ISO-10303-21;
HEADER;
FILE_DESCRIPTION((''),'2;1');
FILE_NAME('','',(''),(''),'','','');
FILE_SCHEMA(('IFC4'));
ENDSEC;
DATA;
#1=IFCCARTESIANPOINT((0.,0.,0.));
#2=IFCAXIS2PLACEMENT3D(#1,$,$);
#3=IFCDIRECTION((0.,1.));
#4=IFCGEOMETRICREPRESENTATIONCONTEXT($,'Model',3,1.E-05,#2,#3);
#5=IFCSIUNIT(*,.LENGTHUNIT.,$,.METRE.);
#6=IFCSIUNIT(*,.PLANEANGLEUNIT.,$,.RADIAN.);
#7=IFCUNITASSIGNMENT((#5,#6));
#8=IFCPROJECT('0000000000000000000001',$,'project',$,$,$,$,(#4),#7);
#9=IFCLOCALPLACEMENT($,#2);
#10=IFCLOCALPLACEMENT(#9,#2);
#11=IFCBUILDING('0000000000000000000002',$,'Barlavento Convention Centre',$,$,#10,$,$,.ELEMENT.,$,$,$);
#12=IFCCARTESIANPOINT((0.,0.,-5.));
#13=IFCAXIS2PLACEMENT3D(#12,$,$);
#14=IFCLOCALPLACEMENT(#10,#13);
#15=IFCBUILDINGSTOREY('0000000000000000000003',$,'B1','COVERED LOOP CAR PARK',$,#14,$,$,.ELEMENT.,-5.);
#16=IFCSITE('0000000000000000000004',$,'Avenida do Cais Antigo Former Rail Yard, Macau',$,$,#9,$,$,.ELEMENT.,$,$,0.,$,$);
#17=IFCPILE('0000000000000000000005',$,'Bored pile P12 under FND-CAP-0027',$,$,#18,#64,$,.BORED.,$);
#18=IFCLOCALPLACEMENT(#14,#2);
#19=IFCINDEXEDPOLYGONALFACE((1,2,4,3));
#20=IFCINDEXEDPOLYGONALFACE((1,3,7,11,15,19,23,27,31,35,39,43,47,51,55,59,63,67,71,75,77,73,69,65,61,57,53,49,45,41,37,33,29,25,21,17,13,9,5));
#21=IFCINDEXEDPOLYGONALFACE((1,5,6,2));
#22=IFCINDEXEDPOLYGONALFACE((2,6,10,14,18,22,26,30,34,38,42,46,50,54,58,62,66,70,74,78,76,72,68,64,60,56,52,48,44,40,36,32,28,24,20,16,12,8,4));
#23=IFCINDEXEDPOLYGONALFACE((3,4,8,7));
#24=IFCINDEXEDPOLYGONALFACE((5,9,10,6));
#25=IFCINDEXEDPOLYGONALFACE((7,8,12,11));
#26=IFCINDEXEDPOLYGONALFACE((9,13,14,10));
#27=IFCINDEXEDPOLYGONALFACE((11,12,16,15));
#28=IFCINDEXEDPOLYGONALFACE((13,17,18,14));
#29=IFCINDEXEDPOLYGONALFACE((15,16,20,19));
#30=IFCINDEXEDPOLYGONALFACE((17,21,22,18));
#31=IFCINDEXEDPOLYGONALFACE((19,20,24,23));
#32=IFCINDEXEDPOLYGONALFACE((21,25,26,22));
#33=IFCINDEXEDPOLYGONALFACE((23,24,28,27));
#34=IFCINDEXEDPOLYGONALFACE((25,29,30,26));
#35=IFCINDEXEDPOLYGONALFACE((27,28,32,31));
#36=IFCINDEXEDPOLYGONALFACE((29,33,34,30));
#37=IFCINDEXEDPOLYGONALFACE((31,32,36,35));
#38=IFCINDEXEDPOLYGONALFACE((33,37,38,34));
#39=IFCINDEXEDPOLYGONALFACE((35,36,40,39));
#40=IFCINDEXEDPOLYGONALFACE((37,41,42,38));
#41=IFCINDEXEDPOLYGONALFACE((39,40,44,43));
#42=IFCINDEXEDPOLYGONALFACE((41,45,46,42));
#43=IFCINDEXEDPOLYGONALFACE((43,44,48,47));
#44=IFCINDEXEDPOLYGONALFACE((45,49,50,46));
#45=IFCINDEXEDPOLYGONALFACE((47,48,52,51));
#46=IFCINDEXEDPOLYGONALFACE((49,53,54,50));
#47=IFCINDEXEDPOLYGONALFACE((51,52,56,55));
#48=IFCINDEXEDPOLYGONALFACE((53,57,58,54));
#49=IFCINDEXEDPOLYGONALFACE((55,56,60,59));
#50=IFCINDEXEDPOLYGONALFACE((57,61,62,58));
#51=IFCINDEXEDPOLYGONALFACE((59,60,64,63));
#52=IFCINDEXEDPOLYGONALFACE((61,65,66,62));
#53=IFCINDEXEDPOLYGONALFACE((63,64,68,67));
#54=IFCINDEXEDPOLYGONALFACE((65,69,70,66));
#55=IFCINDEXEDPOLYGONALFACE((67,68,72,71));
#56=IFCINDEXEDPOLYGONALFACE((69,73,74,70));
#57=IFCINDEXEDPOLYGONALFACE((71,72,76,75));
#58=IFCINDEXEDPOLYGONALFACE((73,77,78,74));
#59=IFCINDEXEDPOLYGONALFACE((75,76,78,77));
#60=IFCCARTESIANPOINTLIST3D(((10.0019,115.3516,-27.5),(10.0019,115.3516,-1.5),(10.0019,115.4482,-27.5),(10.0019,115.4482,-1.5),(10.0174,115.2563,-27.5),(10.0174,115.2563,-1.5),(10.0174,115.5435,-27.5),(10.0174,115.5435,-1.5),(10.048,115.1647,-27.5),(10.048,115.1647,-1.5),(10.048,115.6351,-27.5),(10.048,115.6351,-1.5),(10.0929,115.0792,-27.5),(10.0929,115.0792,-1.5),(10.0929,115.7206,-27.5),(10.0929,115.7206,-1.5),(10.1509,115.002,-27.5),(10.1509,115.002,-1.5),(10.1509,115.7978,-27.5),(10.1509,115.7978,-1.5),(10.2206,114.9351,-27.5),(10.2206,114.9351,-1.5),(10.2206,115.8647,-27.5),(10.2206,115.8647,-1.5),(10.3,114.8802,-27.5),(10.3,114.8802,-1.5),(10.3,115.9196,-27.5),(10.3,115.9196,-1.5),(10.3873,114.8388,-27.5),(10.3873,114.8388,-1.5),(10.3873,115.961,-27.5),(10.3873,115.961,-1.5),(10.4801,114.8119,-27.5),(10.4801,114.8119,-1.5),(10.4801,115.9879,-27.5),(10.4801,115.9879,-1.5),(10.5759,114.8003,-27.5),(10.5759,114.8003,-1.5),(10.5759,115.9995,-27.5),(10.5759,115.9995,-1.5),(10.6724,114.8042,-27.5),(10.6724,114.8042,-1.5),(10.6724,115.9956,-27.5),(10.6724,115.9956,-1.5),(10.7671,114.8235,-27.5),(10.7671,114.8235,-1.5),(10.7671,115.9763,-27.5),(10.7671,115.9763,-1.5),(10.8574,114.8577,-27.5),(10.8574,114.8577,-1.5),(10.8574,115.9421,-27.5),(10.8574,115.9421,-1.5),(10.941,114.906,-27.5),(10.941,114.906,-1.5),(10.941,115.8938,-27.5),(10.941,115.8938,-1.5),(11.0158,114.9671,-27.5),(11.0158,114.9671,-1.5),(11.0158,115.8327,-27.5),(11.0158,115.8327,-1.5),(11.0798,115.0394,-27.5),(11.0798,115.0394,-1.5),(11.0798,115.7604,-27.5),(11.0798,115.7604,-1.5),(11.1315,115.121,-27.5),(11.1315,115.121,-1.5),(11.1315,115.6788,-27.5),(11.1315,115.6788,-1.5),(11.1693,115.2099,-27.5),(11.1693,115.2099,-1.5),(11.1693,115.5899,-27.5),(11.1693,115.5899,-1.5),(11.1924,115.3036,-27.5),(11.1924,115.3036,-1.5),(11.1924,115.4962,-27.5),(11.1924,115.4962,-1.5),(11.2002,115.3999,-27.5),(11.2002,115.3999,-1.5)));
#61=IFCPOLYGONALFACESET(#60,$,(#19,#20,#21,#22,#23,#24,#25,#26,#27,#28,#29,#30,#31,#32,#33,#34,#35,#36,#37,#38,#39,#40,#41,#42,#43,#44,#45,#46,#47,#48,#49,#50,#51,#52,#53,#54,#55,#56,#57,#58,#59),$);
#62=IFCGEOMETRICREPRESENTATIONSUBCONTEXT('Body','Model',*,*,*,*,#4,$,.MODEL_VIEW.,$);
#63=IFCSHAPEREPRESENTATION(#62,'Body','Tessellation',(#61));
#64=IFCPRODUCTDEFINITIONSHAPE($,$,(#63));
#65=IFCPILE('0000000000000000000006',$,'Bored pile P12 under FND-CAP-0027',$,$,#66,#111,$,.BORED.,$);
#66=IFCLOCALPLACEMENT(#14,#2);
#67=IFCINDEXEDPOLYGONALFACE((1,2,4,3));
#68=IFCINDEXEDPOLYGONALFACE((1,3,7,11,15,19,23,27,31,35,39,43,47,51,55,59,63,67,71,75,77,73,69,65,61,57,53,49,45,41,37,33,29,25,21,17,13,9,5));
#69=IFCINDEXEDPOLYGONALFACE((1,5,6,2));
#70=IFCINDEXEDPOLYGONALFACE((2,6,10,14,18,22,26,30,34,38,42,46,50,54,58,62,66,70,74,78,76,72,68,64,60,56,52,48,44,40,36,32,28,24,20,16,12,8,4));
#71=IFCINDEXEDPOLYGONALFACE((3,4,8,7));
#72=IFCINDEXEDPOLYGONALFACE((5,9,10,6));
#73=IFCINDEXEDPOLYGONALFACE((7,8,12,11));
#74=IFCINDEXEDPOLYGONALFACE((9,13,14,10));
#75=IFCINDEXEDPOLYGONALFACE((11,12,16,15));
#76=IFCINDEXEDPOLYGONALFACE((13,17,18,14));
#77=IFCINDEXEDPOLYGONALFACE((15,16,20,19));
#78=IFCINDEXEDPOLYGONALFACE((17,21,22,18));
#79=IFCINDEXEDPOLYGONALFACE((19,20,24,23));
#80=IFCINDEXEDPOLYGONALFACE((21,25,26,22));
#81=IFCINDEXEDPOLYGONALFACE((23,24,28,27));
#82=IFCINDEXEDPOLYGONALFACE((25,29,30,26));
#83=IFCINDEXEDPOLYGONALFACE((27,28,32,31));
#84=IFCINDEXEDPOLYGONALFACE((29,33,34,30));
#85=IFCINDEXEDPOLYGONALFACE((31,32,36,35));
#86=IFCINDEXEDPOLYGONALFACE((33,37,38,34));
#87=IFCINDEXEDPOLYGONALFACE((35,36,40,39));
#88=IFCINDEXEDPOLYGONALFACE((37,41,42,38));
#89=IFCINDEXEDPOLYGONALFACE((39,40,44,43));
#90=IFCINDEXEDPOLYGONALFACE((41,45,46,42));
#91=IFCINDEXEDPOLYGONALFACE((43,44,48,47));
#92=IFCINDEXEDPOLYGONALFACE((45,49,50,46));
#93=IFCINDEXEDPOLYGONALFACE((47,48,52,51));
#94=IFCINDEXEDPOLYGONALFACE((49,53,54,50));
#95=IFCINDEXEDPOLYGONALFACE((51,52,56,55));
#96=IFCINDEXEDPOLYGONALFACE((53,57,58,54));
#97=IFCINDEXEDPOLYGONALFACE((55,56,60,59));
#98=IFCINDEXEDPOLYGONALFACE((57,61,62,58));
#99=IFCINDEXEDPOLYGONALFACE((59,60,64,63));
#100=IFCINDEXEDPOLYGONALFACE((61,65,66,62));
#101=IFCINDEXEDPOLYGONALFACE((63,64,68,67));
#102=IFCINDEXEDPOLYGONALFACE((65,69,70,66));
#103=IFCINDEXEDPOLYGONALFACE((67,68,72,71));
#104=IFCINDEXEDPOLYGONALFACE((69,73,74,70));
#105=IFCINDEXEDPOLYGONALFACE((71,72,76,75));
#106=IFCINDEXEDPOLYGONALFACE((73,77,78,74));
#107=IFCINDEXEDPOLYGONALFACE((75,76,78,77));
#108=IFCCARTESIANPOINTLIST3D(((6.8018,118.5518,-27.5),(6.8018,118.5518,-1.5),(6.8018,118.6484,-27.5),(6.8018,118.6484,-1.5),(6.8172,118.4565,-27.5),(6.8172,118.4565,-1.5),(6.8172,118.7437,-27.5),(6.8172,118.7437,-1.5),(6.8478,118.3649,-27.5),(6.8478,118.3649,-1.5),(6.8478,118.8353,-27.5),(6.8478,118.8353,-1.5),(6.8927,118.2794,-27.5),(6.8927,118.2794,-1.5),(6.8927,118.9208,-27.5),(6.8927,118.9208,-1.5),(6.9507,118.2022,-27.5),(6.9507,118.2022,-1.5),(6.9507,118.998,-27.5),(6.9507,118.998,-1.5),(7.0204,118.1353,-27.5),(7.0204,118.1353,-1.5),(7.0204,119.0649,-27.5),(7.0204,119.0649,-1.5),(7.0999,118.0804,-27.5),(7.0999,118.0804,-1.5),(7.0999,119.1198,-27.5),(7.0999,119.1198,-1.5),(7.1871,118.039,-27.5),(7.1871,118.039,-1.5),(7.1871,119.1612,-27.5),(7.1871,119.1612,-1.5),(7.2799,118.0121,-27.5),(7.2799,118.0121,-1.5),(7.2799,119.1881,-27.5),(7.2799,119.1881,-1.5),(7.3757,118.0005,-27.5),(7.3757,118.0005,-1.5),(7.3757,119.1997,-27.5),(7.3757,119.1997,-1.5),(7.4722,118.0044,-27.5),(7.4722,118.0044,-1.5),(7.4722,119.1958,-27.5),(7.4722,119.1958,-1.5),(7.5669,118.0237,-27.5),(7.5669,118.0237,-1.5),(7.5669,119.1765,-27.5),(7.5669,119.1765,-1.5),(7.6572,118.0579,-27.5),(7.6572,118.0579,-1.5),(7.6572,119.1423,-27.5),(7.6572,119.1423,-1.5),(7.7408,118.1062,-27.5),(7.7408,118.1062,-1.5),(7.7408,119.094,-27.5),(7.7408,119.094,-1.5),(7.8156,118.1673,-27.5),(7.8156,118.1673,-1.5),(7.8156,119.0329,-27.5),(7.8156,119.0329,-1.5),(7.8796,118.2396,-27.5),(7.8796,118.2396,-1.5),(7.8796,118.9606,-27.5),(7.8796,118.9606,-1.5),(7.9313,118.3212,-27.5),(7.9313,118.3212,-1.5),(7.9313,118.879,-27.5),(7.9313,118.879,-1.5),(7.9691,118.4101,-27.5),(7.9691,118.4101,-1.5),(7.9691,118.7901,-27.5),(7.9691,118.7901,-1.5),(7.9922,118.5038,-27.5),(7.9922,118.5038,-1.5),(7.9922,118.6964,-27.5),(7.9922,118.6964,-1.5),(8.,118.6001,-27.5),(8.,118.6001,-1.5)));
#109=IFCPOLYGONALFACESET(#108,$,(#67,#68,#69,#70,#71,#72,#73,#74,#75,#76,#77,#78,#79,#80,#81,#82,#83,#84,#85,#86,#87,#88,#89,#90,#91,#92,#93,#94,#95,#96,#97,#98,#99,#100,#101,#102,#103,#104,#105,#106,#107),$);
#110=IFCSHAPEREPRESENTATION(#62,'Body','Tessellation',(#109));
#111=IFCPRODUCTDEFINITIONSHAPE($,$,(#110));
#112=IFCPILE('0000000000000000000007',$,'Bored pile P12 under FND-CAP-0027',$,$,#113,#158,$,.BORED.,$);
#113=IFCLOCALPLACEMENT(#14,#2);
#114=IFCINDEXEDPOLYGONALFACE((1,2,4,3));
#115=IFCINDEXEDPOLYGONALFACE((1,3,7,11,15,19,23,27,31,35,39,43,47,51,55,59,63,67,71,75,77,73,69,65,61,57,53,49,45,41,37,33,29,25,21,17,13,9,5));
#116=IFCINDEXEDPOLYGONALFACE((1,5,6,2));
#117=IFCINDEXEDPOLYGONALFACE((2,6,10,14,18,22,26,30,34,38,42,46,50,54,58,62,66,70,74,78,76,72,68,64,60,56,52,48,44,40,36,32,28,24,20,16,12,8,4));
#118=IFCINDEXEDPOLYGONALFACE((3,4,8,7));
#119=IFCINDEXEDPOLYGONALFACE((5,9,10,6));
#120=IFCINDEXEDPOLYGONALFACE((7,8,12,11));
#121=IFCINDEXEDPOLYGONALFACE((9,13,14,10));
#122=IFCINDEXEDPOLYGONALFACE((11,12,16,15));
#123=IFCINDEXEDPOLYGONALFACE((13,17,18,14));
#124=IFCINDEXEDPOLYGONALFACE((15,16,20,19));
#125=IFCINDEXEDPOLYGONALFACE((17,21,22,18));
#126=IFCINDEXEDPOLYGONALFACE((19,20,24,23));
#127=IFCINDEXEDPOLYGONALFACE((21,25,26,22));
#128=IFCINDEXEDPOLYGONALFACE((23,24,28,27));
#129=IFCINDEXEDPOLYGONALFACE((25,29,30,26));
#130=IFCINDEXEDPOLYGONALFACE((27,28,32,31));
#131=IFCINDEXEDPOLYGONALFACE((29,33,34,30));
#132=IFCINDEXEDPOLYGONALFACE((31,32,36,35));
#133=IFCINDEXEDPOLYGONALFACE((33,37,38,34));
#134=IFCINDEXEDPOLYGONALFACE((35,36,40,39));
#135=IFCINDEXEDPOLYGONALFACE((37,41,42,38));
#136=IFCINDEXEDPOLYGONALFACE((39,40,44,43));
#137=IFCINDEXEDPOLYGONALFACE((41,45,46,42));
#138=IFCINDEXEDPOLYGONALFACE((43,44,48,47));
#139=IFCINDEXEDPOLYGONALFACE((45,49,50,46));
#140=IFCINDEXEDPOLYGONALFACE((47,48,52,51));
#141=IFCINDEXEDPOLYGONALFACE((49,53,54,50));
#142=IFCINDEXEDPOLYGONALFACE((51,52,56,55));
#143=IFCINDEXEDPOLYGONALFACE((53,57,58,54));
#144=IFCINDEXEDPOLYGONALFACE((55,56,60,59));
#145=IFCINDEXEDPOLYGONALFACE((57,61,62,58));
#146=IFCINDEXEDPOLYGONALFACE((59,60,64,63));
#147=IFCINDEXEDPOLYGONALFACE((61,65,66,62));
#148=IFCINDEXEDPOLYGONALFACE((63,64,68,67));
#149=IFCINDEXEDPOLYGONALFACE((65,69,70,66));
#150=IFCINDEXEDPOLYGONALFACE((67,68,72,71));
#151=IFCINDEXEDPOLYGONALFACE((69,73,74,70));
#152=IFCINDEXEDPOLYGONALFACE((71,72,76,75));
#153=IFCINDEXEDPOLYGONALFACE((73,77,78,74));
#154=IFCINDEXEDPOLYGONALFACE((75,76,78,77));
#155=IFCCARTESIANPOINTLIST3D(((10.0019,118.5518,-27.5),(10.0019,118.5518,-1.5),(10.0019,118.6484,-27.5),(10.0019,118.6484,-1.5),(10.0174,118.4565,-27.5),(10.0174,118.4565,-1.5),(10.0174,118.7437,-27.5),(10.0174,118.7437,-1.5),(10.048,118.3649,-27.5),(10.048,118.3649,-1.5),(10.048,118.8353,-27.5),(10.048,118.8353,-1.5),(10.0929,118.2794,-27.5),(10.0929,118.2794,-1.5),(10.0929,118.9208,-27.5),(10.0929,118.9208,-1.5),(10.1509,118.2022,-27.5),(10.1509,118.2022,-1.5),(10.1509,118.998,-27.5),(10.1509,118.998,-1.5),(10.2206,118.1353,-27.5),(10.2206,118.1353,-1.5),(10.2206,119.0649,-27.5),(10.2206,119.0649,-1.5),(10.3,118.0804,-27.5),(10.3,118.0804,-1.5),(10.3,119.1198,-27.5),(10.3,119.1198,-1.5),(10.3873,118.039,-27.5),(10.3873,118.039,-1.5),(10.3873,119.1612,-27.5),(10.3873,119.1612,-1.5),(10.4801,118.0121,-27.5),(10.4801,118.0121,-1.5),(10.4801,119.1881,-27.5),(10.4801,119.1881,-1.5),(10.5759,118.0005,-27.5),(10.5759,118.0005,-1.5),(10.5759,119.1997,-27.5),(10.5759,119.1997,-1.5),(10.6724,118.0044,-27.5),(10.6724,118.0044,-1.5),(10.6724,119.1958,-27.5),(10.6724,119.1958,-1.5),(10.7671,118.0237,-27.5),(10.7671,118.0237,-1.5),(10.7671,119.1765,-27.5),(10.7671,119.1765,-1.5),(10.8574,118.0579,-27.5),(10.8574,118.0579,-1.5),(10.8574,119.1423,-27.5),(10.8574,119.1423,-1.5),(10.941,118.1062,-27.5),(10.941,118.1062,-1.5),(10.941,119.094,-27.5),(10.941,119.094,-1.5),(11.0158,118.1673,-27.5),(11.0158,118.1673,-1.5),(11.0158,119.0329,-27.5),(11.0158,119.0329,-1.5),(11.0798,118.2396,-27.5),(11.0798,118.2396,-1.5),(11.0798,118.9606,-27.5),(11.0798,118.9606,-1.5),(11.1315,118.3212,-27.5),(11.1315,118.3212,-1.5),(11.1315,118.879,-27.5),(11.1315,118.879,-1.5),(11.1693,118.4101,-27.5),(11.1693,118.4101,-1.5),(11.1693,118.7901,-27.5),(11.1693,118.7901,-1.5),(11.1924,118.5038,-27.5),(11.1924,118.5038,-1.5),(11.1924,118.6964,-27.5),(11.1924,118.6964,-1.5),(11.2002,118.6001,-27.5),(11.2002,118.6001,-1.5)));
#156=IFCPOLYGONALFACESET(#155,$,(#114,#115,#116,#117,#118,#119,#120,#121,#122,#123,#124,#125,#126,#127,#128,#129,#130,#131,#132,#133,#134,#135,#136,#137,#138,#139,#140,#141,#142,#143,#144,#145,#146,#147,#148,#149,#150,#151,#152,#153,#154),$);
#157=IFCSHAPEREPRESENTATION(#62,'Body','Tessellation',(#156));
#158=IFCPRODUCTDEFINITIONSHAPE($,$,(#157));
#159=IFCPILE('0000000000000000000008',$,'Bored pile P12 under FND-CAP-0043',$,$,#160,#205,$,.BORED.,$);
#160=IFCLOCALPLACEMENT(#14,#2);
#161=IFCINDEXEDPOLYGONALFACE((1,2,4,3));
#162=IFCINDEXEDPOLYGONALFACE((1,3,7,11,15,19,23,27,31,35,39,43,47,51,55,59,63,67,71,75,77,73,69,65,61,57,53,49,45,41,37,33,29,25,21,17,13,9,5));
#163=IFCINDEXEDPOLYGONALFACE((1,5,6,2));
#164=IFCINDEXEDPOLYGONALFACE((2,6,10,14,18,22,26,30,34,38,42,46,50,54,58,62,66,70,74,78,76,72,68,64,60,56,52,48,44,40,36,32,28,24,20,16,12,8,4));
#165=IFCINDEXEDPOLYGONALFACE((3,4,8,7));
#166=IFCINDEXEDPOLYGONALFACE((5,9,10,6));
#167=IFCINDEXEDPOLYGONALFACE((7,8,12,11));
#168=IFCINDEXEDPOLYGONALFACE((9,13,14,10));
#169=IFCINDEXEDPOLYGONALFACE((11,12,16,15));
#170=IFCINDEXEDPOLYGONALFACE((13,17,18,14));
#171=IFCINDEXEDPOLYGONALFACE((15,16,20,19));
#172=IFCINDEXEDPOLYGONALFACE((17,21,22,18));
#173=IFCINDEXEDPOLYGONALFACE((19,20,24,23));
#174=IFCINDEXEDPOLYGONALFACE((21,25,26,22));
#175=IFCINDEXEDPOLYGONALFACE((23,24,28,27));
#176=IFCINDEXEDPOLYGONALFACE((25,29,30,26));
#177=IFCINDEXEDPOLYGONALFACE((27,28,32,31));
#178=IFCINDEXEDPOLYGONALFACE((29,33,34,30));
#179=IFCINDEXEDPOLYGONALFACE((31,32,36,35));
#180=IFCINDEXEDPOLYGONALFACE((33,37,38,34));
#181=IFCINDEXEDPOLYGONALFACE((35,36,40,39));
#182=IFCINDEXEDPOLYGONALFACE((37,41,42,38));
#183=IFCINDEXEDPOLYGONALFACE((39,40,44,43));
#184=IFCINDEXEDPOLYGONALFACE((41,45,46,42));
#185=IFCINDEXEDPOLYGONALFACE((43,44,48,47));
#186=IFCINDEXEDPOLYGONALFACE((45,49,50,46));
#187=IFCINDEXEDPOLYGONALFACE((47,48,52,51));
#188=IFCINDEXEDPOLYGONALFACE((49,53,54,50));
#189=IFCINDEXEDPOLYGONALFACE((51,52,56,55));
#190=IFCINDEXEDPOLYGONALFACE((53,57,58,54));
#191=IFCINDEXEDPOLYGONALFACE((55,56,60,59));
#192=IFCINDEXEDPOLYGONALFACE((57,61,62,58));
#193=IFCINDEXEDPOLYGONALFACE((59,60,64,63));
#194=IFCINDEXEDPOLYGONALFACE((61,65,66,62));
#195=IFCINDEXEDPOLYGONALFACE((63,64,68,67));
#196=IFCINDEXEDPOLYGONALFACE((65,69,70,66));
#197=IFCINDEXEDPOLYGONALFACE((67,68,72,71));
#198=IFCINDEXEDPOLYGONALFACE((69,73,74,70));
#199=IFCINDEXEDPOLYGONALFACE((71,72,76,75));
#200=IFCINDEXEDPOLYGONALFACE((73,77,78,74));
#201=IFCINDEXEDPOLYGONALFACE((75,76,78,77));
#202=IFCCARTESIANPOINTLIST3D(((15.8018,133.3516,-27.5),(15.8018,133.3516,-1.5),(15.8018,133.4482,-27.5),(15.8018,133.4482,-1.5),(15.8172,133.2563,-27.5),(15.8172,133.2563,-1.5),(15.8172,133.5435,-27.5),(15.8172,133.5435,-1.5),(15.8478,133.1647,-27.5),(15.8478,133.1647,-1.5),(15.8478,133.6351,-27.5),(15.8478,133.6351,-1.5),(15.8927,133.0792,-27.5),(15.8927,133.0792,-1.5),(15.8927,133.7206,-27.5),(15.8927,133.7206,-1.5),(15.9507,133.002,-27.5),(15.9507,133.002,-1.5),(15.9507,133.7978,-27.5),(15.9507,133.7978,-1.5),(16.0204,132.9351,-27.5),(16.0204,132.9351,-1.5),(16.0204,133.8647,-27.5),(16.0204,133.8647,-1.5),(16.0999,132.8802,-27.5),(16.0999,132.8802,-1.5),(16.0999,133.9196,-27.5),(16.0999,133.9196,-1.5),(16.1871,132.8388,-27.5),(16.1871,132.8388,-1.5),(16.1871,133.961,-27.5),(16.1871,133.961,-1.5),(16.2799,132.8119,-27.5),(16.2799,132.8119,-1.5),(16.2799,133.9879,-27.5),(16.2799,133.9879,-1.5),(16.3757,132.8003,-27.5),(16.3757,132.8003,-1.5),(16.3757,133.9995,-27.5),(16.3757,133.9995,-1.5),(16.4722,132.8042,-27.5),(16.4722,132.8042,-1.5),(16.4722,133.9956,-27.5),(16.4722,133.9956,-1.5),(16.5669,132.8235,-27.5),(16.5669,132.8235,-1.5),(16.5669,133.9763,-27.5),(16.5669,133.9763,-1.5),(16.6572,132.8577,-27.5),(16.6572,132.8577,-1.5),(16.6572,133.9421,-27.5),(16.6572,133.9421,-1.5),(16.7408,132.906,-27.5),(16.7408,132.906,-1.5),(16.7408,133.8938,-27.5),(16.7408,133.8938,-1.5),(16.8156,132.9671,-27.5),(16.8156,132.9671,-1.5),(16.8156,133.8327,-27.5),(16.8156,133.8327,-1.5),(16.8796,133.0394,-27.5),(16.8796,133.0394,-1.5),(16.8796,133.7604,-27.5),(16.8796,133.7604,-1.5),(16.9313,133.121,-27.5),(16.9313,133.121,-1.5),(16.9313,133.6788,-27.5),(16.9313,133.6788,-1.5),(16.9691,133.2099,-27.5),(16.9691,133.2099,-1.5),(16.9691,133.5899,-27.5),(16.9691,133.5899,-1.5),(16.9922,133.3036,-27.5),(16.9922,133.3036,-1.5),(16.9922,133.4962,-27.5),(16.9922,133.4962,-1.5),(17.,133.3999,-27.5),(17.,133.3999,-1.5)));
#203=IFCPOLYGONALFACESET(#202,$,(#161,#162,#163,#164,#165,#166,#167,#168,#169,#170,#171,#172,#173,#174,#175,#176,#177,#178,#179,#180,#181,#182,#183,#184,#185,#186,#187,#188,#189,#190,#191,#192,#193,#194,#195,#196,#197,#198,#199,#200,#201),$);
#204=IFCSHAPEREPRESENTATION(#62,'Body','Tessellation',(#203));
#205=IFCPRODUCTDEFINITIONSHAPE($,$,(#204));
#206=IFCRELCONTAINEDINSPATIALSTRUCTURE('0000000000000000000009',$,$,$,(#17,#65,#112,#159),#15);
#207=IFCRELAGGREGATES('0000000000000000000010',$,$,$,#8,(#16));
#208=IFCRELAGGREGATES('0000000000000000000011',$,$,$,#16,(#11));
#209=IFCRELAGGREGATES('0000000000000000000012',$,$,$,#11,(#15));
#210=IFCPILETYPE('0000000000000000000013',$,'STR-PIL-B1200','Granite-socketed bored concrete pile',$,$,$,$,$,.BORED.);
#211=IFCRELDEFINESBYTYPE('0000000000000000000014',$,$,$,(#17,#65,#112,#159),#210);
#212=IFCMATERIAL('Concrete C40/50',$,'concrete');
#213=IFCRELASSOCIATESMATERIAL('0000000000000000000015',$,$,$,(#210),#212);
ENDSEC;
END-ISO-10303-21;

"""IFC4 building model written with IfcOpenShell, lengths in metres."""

from ifc_helpers import new_model, si_unit, direction, frame, origin, origin_2d, place, context, subcontext, project, spatial, circle, extrude, material, material_profile, profile_set, type_object, element, save


model = new_model("IFC4")

# Units and contexts
model_context = context("Model", 3, precision=1e-05, world=origin(), true_north=direction((0.0, 1.0)))
body_context = subcontext(model_context, "Body", "Model", "MODEL_VIEW")
ifc_project = project(units=[si_unit("LENGTHUNIT", "METRE"), si_unit("PLANEANGLEUNIT", "RADIAN")], contexts=[model_context])

# Site, building, storey
site_placement = place(None, origin())
site = spatial("IfcSite", under=ifc_project, at=site_placement, Name="Avenida do Cais Antigo Former Rail Yard, Macau", CompositionType="ELEMENT", RefElevation=0.0)
building_placement = place(site_placement, origin())
building = spatial("IfcBuilding", under=site, at=building_placement, Name="Barlavento Convention Centre", CompositionType="ELEMENT")
storey_placement = place(building_placement, frame((0.0, 0.0, -5.0)))
storey = spatial("IfcBuildingStorey", under=building, at=storey_placement, Name="B1", Description="COVERED LOOP CAR PARK", CompositionType="ELEMENT", Elevation=-5.0)

# Shared definitions
ifc_material_1 = material(Name="Concrete C40/50", Category="concrete")

# Piles
ifc_material_profile_1 = material_profile(ifc_material_1, circle(Radius=0.6001, at=origin_2d()), Name="BORED PILE 1200")
ifc_profile_set_1 = profile_set([ifc_material_profile_1], Name="Concrete C40/50")
pile_type_1 = type_object("IfcPileType", Name="STR-PIL-B1200", Description="Granite-socketed bored concrete pile", PredefinedType="BORED", material=ifc_profile_set_1)
for number, where, z_axis, x_axis, name in (
    (1, (10.6001, 115.3999, -1.5), (0.0, 0.0, -1.0), (1.0, 0.0, 0.0), "Bored pile P12 under FND-CAP-0027"),
    (2, (7.3999, 118.6001, -1.5), (0.0, 0.0, -1.0), (1.0, 0.0, 0.0), "Bored pile P12 under FND-CAP-0027"),
    (3, (10.6001, 118.6001, -1.5), (0.0, 0.0, -1.0), (1.0, 0.0, 0.0), "Bored pile P12 under FND-CAP-0027"),
    (4, (16.3999, 133.3999, -1.5), (0.0, 0.0, -1.0), (1.0, 0.0, 0.0), "Bored pile P12 under FND-CAP-0043"),
):
    element("IfcPile", number, at=place(storey_placement, frame(where, z_axis=z_axis, x_axis=x_axis)), inside=storey, type_object=pile_type_1, Name=name, PredefinedType="BORED", context=body_context, shape_type="SweptSolid", body=[
        extrude(circle(Radius=0.6001, at=origin_2d()), origin(), (0.0, 0.0, 1.0), 26.0),
    ])

save(model, "model.ifc")
